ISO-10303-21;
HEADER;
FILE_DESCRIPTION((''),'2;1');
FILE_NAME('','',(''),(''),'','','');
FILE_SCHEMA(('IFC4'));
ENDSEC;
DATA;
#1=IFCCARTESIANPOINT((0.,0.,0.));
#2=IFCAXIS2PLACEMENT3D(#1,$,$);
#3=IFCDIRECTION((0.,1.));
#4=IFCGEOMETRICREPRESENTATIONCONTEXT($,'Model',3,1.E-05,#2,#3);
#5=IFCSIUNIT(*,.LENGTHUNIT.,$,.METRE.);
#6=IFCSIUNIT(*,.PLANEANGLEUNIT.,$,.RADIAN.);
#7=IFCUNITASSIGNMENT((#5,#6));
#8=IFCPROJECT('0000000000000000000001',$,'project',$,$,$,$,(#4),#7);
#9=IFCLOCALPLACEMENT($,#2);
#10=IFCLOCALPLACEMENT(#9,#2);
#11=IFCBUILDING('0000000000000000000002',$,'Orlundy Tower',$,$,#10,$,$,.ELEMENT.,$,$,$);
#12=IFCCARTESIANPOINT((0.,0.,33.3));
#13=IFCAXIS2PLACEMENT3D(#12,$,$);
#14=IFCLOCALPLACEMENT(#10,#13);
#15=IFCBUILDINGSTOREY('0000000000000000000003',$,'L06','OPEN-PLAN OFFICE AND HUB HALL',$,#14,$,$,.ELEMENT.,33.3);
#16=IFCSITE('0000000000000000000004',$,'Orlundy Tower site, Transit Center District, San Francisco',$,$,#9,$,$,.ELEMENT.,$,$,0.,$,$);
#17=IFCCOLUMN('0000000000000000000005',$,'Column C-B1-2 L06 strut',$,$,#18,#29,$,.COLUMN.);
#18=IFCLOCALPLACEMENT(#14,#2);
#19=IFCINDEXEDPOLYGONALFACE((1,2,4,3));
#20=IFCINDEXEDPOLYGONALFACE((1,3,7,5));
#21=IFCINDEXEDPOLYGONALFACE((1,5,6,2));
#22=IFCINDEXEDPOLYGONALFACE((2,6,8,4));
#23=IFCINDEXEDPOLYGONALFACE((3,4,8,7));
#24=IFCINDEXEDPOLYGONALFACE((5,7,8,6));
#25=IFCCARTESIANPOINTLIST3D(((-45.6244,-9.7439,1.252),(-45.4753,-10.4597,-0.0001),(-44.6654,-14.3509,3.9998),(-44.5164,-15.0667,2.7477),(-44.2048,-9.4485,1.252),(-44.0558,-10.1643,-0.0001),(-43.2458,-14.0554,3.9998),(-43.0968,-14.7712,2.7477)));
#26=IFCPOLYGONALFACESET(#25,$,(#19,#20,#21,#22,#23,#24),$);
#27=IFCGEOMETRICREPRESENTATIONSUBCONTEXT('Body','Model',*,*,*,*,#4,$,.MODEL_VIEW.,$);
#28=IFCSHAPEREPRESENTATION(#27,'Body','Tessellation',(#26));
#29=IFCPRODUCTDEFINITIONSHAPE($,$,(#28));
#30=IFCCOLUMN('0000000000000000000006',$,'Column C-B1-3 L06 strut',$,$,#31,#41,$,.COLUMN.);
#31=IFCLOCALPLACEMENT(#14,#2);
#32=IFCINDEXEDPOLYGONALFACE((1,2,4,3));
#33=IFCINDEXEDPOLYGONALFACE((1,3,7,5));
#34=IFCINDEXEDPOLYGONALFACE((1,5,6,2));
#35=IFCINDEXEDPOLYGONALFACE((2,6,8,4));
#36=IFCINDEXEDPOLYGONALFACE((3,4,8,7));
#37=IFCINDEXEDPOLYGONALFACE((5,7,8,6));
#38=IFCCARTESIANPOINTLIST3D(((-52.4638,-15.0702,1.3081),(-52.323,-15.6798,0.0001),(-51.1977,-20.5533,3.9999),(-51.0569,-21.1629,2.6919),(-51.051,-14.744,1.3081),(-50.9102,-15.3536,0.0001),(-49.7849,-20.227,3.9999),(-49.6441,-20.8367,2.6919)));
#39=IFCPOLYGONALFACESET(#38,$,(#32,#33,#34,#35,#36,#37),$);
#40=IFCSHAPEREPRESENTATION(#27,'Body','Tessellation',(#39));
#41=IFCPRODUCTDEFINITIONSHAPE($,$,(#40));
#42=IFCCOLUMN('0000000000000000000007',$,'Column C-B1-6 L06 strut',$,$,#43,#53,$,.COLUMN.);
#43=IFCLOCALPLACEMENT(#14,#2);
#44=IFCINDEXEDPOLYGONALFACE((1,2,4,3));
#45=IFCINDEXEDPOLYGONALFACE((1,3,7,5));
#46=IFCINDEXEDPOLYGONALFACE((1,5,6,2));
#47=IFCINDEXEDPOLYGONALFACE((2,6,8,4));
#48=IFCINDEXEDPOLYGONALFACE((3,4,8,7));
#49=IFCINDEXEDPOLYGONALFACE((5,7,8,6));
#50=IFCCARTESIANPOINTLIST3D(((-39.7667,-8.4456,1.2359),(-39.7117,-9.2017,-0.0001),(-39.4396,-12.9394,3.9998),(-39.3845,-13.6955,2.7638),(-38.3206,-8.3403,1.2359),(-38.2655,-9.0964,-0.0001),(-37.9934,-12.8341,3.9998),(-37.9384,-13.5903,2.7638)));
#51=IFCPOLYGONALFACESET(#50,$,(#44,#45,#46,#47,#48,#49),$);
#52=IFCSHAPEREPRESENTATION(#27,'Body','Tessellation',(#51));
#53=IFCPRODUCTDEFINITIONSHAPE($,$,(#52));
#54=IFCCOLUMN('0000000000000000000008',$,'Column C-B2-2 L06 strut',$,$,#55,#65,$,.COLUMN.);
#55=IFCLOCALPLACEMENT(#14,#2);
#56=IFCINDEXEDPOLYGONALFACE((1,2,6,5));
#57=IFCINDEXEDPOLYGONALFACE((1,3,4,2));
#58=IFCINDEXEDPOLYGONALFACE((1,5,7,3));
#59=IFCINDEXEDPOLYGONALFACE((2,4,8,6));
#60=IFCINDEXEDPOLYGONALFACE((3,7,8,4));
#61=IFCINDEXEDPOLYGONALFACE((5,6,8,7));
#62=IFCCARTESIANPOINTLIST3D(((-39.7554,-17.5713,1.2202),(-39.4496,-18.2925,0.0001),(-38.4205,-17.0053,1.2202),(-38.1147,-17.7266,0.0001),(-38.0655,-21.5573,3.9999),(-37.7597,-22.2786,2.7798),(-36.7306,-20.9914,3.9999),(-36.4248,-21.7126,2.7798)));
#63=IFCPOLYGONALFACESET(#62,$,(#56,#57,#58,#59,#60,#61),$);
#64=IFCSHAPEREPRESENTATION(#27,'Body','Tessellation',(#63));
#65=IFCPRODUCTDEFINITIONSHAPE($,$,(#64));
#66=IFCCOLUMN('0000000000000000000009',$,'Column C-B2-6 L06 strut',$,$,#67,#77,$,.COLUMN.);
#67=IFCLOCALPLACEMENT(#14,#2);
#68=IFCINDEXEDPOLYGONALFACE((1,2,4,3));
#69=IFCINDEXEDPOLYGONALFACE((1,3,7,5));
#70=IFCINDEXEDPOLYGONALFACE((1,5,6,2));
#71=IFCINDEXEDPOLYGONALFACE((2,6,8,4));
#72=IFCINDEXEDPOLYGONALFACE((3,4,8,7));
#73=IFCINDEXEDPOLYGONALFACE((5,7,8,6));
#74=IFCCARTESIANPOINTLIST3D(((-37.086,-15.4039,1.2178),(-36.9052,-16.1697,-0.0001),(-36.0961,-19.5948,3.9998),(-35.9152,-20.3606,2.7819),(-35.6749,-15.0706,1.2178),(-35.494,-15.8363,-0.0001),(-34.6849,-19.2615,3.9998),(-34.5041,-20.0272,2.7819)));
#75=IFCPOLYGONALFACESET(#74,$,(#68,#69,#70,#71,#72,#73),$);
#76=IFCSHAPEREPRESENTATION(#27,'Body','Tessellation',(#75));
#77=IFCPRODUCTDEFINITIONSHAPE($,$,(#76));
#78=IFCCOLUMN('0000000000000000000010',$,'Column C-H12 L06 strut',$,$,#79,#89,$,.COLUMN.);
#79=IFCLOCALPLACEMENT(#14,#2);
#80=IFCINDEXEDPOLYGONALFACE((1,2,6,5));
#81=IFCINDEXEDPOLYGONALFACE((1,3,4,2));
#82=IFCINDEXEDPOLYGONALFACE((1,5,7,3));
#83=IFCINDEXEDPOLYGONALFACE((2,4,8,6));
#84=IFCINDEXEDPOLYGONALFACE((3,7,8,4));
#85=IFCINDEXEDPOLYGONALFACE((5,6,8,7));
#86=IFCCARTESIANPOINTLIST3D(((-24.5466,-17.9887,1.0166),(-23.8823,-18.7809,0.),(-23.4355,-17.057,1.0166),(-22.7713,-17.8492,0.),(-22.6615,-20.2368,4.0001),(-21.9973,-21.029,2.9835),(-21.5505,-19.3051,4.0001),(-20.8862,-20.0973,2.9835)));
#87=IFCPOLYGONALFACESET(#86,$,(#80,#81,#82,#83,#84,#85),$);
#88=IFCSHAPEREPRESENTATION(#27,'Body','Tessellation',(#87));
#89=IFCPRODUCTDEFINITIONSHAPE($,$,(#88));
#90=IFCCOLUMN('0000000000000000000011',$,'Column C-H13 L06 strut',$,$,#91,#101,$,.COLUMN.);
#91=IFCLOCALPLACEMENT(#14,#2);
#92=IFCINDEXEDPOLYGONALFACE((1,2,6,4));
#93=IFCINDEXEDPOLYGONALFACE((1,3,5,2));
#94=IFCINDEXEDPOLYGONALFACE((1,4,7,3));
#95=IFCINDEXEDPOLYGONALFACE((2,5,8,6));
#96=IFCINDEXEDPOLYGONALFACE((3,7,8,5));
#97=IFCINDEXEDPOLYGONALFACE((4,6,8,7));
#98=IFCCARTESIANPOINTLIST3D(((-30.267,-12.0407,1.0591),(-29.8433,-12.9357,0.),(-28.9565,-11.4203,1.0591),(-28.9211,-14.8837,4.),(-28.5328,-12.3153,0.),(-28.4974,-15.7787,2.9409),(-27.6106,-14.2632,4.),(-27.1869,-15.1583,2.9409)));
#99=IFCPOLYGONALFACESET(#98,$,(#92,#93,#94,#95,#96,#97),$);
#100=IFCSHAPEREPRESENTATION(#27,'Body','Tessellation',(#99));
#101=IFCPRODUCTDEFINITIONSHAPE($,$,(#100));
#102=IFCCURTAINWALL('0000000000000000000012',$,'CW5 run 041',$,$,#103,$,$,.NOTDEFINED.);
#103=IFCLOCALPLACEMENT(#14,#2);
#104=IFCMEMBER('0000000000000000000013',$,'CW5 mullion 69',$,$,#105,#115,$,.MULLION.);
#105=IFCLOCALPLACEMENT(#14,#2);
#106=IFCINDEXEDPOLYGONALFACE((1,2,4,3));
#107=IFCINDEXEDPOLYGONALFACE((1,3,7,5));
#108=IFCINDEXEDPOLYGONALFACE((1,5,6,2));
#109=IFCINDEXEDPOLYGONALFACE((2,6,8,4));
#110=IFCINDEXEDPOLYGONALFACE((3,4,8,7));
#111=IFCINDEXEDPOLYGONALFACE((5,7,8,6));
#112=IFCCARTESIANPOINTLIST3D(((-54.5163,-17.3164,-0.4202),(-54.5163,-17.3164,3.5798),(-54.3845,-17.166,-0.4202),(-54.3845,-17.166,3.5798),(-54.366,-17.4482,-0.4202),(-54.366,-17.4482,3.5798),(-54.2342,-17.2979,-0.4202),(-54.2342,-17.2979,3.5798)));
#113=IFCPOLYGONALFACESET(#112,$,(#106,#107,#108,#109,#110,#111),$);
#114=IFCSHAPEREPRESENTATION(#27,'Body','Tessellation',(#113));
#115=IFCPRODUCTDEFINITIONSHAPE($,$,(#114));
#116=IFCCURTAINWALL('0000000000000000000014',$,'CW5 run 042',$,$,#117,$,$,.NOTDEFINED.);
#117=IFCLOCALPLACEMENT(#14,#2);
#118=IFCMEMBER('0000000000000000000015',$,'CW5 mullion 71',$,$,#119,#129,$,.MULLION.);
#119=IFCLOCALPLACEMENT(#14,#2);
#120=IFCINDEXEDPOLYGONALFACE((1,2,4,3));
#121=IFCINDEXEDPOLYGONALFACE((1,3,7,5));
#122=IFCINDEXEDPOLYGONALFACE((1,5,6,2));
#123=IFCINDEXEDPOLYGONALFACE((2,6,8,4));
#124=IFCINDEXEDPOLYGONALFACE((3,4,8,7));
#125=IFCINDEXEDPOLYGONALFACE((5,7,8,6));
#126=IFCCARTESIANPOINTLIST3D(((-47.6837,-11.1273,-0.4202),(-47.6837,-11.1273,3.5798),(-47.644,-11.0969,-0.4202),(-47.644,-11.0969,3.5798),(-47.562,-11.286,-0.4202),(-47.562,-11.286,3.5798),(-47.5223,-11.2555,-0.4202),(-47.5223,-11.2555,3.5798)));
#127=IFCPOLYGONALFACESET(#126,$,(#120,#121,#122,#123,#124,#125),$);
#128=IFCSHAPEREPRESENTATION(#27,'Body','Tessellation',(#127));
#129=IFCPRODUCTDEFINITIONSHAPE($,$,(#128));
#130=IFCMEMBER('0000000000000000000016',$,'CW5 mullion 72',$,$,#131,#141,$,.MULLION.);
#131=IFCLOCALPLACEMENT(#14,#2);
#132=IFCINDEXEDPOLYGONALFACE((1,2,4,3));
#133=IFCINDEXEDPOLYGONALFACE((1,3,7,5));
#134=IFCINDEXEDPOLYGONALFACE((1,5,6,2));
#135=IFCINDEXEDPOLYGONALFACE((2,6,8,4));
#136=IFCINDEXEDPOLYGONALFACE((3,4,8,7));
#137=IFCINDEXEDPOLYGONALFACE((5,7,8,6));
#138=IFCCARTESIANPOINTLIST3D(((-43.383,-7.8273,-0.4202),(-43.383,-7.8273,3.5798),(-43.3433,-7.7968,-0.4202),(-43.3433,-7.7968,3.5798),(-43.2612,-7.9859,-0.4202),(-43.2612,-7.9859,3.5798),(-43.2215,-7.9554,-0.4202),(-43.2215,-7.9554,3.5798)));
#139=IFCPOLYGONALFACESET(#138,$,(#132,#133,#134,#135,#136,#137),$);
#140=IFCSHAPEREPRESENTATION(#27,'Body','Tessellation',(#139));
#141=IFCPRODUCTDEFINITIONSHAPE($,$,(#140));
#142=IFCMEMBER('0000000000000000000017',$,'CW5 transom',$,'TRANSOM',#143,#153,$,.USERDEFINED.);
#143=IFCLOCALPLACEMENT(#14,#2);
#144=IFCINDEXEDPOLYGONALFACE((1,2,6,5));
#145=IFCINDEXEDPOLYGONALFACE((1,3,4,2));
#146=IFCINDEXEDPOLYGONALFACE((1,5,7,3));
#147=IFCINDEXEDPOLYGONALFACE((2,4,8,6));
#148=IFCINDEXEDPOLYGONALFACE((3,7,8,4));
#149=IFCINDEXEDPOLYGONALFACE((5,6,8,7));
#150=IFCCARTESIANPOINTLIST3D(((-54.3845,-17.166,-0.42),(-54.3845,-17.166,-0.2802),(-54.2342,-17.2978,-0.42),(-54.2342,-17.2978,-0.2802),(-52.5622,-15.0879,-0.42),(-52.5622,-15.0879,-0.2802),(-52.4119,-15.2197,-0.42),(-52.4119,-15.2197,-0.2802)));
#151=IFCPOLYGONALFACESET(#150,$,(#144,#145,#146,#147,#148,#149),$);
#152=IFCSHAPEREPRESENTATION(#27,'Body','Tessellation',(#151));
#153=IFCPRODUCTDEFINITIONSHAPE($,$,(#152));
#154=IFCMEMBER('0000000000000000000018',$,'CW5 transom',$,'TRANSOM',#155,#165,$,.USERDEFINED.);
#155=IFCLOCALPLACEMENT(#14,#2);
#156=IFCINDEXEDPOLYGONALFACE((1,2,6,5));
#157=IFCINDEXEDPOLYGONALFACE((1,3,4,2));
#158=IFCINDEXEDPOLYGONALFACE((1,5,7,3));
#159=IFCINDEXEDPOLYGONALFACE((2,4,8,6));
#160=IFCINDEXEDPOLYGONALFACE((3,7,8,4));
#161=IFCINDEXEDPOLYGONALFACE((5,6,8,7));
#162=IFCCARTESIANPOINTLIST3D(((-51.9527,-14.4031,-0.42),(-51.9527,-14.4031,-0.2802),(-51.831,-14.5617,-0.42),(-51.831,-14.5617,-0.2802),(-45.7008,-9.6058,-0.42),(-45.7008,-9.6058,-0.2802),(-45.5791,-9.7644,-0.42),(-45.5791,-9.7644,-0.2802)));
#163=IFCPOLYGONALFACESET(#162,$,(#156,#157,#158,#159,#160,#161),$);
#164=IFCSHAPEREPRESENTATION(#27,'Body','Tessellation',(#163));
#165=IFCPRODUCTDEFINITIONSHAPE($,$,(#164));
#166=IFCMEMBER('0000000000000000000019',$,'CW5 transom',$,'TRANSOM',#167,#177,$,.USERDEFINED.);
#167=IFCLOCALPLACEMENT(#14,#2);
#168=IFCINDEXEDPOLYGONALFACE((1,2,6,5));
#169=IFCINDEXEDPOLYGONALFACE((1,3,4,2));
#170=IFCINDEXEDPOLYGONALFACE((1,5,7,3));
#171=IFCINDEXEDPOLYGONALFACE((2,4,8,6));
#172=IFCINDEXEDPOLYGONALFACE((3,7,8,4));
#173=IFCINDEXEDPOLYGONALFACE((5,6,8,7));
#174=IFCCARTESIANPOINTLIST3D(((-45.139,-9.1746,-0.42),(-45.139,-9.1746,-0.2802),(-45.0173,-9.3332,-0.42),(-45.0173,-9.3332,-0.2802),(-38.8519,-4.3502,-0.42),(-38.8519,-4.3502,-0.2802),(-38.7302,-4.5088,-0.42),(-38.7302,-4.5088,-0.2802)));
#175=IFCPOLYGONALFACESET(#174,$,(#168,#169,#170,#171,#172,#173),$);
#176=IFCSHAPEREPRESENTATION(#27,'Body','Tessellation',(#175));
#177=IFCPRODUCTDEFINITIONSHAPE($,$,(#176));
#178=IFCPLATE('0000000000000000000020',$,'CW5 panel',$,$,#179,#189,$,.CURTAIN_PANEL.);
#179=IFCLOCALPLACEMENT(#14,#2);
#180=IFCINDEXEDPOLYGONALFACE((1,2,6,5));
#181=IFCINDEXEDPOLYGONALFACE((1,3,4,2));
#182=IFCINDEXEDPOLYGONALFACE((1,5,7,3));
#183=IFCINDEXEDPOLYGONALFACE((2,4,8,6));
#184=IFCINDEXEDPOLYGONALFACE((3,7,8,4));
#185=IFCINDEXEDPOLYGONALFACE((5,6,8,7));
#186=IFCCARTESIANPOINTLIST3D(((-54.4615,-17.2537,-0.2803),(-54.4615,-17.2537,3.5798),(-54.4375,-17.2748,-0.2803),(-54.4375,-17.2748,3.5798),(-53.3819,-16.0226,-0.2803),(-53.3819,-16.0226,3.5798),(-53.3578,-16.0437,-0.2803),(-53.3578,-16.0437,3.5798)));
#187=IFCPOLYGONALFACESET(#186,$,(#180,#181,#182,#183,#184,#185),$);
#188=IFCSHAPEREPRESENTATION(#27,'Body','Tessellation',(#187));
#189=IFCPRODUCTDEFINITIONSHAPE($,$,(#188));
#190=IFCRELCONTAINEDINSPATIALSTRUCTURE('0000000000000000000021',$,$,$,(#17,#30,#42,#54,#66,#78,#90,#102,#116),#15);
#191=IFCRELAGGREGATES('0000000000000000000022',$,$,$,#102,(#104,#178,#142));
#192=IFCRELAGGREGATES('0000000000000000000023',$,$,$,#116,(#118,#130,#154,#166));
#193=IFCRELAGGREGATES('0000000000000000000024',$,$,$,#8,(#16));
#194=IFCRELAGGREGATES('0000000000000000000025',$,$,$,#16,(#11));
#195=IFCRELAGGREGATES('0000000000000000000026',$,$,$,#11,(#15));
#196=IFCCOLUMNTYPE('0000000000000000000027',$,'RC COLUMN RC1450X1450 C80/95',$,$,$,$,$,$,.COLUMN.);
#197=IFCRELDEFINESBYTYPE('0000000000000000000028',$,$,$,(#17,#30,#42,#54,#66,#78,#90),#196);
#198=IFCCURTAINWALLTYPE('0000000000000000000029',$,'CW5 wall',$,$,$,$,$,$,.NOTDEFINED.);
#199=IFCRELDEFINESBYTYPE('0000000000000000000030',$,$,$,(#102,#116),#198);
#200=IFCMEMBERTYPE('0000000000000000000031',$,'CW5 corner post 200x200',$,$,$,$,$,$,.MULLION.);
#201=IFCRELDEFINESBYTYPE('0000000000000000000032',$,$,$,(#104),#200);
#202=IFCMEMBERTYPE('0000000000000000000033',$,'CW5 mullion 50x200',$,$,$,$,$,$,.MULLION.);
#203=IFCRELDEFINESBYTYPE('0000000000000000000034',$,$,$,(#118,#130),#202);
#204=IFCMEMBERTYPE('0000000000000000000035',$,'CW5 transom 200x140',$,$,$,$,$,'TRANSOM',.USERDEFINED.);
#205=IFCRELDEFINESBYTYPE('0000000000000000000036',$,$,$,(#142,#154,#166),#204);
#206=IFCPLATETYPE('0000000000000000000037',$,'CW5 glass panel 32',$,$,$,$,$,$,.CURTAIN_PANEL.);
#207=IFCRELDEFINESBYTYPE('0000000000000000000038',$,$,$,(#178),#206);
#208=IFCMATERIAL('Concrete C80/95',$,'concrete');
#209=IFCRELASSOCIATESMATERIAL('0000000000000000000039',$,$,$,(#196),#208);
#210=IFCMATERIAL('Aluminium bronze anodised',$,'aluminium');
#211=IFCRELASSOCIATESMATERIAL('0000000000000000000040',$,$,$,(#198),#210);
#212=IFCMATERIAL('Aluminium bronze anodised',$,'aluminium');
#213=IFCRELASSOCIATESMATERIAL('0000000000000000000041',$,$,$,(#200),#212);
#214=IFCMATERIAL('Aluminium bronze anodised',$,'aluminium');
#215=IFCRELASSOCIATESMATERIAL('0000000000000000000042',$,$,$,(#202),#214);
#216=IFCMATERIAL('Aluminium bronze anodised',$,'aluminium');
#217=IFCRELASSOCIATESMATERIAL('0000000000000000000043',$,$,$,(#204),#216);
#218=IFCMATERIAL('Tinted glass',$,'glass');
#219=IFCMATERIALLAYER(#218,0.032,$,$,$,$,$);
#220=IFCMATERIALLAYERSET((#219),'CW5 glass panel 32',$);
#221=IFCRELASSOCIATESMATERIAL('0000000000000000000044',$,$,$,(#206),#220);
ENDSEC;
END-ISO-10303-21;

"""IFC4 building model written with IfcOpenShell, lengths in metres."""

from ifc_helpers import new_model, si_unit, direction, frame, origin, origin_2d, place, context, subcontext, project, spatial, rectangle, extrude, material, layer, layer_set, material_profile, profile_set, type_object, element, aggregate, save


model = new_model("IFC4")

# Units and contexts
model_context = context("Model", 3, precision=1e-05, world=origin(), true_north=direction((0.0, 1.0)))
body_context = subcontext(model_context, "Body", "Model", "MODEL_VIEW")
ifc_project = project(units=[si_unit("LENGTHUNIT", "METRE"), si_unit("PLANEANGLEUNIT", "RADIAN")], contexts=[model_context])

# Site, building, storey
site_placement = place(None, origin())
site = spatial("IfcSite", under=ifc_project, at=site_placement, Name="Orlundy Tower site, Transit Center District, San Francisco", CompositionType="ELEMENT", RefElevation=0.0)
building_placement = place(site_placement, origin())
building = spatial("IfcBuilding", under=site, at=building_placement, Name="Orlundy Tower", CompositionType="ELEMENT")
storey_placement = place(building_placement, frame((0.0, 0.0, 33.3)))
storey = spatial("IfcBuildingStorey", under=building, at=storey_placement, Name="L06", Description="OPEN-PLAN OFFICE AND HUB HALL", CompositionType="ELEMENT", Elevation=33.3)

# Columns
ifc_material_1 = material(Name="Concrete C80/95", Category="concrete")
ifc_material_profile_1 = material_profile(ifc_material_1, rectangle(XDim=1.45, YDim=1.45, at=origin_2d()), Name="RC1450X1450")
ifc_profile_set_1 = profile_set([ifc_material_profile_1], Name="Concrete C80/95")
column_type = type_object("IfcColumnType", Name="RC COLUMN RC1450X1450 C80/95", PredefinedType="COLUMN", material=ifc_profile_set_1)
column_1_placement = place(storey_placement, frame((-44.8401, -9.9541, 0.626), z_axis=(0.175986, -0.845431, 0.504257), x_axis=(0.979014, 0.203793, 0.0)))
element("IfcColumn", 1, at=column_1_placement, inside=storey, type_object=column_type, Name="Column C-B1-2 L06 strut", PredefinedType="COLUMN", context=body_context, shape_type="SweptSolid", body=[
    extrude(rectangle(XDim=1.45, YDim=1.45, at=origin_2d()), origin(), (0.0, 0.0, 1.0), 5.4492),
])
column_2_placement = place(storey_placement, frame((-51.687, -15.2119, 0.6541), z_axis=(0.202963, -0.878973, 0.431522), x_axis=(0.974361, 0.224989, 0.0)))
element("IfcColumn", 2, at=column_2_placement, inside=storey, type_object=column_type, Name="Column C-B1-3 L06 strut", PredefinedType="COLUMN", context=body_context, shape_type="SweptSolid", body=[
    extrude(rectangle(XDim=1.45, YDim=1.45, at=origin_2d()), origin(), (0.0, 0.0, 1.0), 6.238),
])
column_3_placement = place(storey_placement, frame((-39.0161, -8.771, 0.6179), z_axis=(0.06189, -0.850157, 0.522879), x_axis=(0.997361, 0.072606, 0.0)))
element("IfcColumn", 3, at=column_3_placement, inside=storey, type_object=column_type, Name="Column C-B1-6 L06 strut", PredefinedType="COLUMN", context=body_context, shape_type="SweptSolid", body=[
    extrude(rectangle(XDim=1.45, YDim=1.45, at=origin_2d()), origin(), (0.0, 0.0, 1.0), 5.2859),
])
column_4_placement = place(storey_placement, frame((-38.9351, -17.6489, 0.6101), z_axis=(0.328457, -0.774735, 0.540279), x_axis=(0.920675, 0.39033, 0.0)))
element("IfcColumn", 4, at=column_4_placement, inside=storey, type_object=column_type, Name="Column C-B2-2 L06 strut", PredefinedType="COLUMN", context=body_context, shape_type="SweptSolid", body=[
    extrude(rectangle(XDim=1.45, YDim=1.45, at=origin_2d()), origin(), (0.0, 0.0, 1.0), 5.145),
])
column_5_placement = place(storey_placement, frame((-36.29, -15.6201, 0.6089), z_axis=(0.193104, -0.817465, 0.542643), x_axis=(0.973215, 0.229896, 0.0)))
element("IfcColumn", 5, at=column_5_placement, inside=storey, type_object=column_type, Name="Column C-B2-6 L06 strut", PredefinedType="COLUMN", context=body_context, shape_type="SweptSolid", body=[
    extrude(rectangle(XDim=1.45, YDim=1.45, at=origin_2d()), origin(), (0.0, 0.0, 1.0), 5.1267),
])
column_6_placement = place(storey_placement, frame((-23.6589, -17.9189, 0.5083), z_axis=(0.450505, -0.537269, 0.713013), x_axis=(0.766267, 0.642522, 0.0)))
element("IfcColumn", 6, at=column_6_placement, inside=storey, type_object=column_type, Name="Column C-H12 L06 strut", PredefinedType="COLUMN", context=body_context, shape_type="SweptSolid", body=[
    extrude(rectangle(XDim=1.45, YDim=1.45, at=origin_2d()), origin(), (0.0, 0.0, 1.0), 4.1843),
])
column_7_placement = place(storey_placement, frame((-29.3999, -12.178, 0.5295), z_axis=(0.312561, -0.660216, 0.68295), x_axis=(0.903829, 0.427893, 0.0)))
element("IfcColumn", 7, at=column_7_placement, inside=storey, type_object=column_type, Name="Column C-H13 L06 strut", PredefinedType="COLUMN", context=body_context, shape_type="SweptSolid", body=[
    extrude(rectangle(XDim=1.45, YDim=1.45, at=origin_2d()), origin(), (0.0, 0.0, 1.0), 4.3062),
])

# Curtain wall, member
ifc_material_2 = material(Name="Aluminium bronze anodised", Category="aluminium")
curtain_wall_type = type_object("IfcCurtainWallType", Name="CW5 wall", PredefinedType="NOTDEFINED", material=ifc_material_2)
curtain_wall_1_placement = place(storey_placement, origin())
curtain_wall_1 = element("IfcCurtainWall", 8, at=curtain_wall_1_placement, inside=storey, type_object=curtain_wall_type, Name="CW5 run 041", PredefinedType="NOTDEFINED")
ifc_material_3 = material(Name="Aluminium bronze anodised", Category="aluminium")
ifc_material_profile_2 = material_profile(ifc_material_3, rectangle(XDim=0.2, YDim=0.2, at=origin_2d()), Name="CW5 corner post 200x200")
ifc_profile_set_2 = profile_set([ifc_material_profile_2], Name="Aluminium bronze anodised")
member_type_1 = type_object("IfcMemberType", Name="CW5 corner post 200x200", PredefinedType="MULLION", material=ifc_profile_set_2)
member_1_placement = place(storey_placement, frame((-54.3752, -17.3071, -0.4202), z_axis=(0.0, 0.0, 1.0), x_axis=(-0.751858, 0.659325, 0.0)))
member_1 = element("IfcMember", 9, at=member_1_placement, type_object=member_type_1, Name="CW5 mullion 69", PredefinedType="MULLION", context=body_context, shape_type="SweptSolid", body=[
    extrude(rectangle(XDim=0.2, YDim=0.2, at=origin_2d()), origin(), (0.0, 0.0, 1.0), 4.0),
])

# Curtain wall, members
curtain_wall_2_placement = place(storey_placement, origin())
curtain_wall_2 = element("IfcCurtainWall", 10, at=curtain_wall_2_placement, inside=storey, type_object=curtain_wall_type, Name="CW5 run 042", PredefinedType="NOTDEFINED")
ifc_material_4 = material(Name="Aluminium bronze anodised", Category="aluminium")
ifc_material_profile_3 = material_profile(ifc_material_4, rectangle(XDim=0.2, YDim=0.05, at=origin_2d()), Name="CW5 mullion 50x200")
ifc_profile_set_3 = profile_set([ifc_material_profile_3], Name="Aluminium bronze anodised")
member_type_2 = type_object("IfcMemberType", Name="CW5 mullion 50x200", PredefinedType="MULLION", material=ifc_profile_set_3)
member_2_placement = place(storey_placement, frame((-47.603, -11.1914, -0.4202), z_axis=(0.0, 0.0, 1.0), x_axis=(-0.608771, 0.793346, 0.0)))
member_2 = element("IfcMember", 11, at=member_2_placement, type_object=member_type_2, Name="CW5 mullion 71", PredefinedType="MULLION", context=body_context, shape_type="SweptSolid", body=[
    extrude(rectangle(XDim=0.2, YDim=0.05, at=origin_2d()), origin(), (0.0, 0.0, 1.0), 4.0),
])
member_3_placement = place(storey_placement, frame((-43.3022, -7.8914, -0.4202), z_axis=(0.0, 0.0, 1.0), x_axis=(-0.608771, 0.793346, 0.0)))
member_3 = element("IfcMember", 12, at=member_3_placement, type_object=member_type_2, Name="CW5 mullion 72", PredefinedType="MULLION", context=body_context, shape_type="SweptSolid", body=[
    extrude(rectangle(XDim=0.2, YDim=0.05, at=origin_2d()), origin(), (0.0, 0.0, 1.0), 4.0),
])

# Members
ifc_material_5 = material(Name="Aluminium bronze anodised", Category="aluminium")
ifc_material_profile_4 = material_profile(ifc_material_5, rectangle(XDim=0.2, YDim=0.1399, at=origin_2d()), Name="CW5 transom 200x140")
ifc_profile_set_4 = profile_set([ifc_material_profile_4], Name="Aluminium bronze anodised")
member_type_3 = type_object("IfcMemberType", Name="CW5 transom 200x140", ElementType="TRANSOM", PredefinedType="USERDEFINED", material=ifc_profile_set_4)
member_4_placement = place(storey_placement, frame((-54.3093, -17.2319, -0.3501), z_axis=(0.659305, 0.751876, 0.0), x_axis=(-0.751876, 0.659305, 0.0)))
member_4 = element("IfcMember", 13, at=member_4_placement, type_object=member_type_3, Name="CW5 transom", ObjectType="TRANSOM", PredefinedType="USERDEFINED", context=body_context, shape_type="SweptSolid", body=[
    extrude(rectangle(XDim=0.2, YDim=0.1399, at=origin_2d()), origin(), (0.0, 0.0, 1.0), 2.7639),
])
member_5_placement = place(storey_placement, frame((-51.8918, -14.4824, -0.3501), z_axis=(0.793349, 0.608767, 0.0), x_axis=(-0.608767, 0.793349, 0.0)))
member_5 = element("IfcMember", 14, at=member_5_placement, type_object=member_type_3, Name="CW5 transom", ObjectType="TRANSOM", PredefinedType="USERDEFINED", context=body_context, shape_type="SweptSolid", body=[
    extrude(rectangle(XDim=0.2, YDim=0.1399, at=origin_2d()), origin(), (0.0, 0.0, 1.0), 7.8804),
])
member_6_placement = place(storey_placement, frame((-45.0781, -9.2539, -0.3501), z_axis=(0.793342, 0.608777, 0.0), x_axis=(-0.608777, 0.793342, 0.0)))
member_6 = element("IfcMember", 15, at=member_6_placement, type_object=member_type_3, Name="CW5 transom", ObjectType="TRANSOM", PredefinedType="USERDEFINED", context=body_context, shape_type="SweptSolid", body=[
    extrude(rectangle(XDim=0.2, YDim=0.1399, at=origin_2d()), origin(), (0.0, 0.0, 1.0), 7.9248),
])

# Plate
ifc_material_6 = material(Name="Tinted glass", Category="glass")
ifc_layer_1 = layer(ifc_material_6, 0.032)
ifc_layer_set_1 = layer_set([ifc_layer_1], Name="CW5 glass panel 32")
plate_type_1 = type_object("IfcPlateType", Name="CW5 glass panel 32", PredefinedType="CURTAIN_PANEL", material=ifc_layer_set_1)
plate_1_placement = place(storey_placement, frame((-53.9097, -16.6487, -0.2803), z_axis=(0.0, 0.0, 1.0), x_axis=(0.659325, 0.751858, 0.0)))
plate_1 = element("IfcPlate", 16, at=plate_1_placement, type_object=plate_type_1, Name="CW5 panel", PredefinedType="CURTAIN_PANEL", context=body_context, shape_type="SweptSolid", body=[
    extrude(rectangle(XDim=1.6375, YDim=0.032, at=origin_2d()), origin(), (0.0, 0.0, 1.0), 3.8601),
])
aggregate(curtain_wall_1, [member_1, plate_1, member_4])
aggregate(curtain_wall_2, [member_2, member_3, member_5, member_6])

save(model, "model.ifc")
